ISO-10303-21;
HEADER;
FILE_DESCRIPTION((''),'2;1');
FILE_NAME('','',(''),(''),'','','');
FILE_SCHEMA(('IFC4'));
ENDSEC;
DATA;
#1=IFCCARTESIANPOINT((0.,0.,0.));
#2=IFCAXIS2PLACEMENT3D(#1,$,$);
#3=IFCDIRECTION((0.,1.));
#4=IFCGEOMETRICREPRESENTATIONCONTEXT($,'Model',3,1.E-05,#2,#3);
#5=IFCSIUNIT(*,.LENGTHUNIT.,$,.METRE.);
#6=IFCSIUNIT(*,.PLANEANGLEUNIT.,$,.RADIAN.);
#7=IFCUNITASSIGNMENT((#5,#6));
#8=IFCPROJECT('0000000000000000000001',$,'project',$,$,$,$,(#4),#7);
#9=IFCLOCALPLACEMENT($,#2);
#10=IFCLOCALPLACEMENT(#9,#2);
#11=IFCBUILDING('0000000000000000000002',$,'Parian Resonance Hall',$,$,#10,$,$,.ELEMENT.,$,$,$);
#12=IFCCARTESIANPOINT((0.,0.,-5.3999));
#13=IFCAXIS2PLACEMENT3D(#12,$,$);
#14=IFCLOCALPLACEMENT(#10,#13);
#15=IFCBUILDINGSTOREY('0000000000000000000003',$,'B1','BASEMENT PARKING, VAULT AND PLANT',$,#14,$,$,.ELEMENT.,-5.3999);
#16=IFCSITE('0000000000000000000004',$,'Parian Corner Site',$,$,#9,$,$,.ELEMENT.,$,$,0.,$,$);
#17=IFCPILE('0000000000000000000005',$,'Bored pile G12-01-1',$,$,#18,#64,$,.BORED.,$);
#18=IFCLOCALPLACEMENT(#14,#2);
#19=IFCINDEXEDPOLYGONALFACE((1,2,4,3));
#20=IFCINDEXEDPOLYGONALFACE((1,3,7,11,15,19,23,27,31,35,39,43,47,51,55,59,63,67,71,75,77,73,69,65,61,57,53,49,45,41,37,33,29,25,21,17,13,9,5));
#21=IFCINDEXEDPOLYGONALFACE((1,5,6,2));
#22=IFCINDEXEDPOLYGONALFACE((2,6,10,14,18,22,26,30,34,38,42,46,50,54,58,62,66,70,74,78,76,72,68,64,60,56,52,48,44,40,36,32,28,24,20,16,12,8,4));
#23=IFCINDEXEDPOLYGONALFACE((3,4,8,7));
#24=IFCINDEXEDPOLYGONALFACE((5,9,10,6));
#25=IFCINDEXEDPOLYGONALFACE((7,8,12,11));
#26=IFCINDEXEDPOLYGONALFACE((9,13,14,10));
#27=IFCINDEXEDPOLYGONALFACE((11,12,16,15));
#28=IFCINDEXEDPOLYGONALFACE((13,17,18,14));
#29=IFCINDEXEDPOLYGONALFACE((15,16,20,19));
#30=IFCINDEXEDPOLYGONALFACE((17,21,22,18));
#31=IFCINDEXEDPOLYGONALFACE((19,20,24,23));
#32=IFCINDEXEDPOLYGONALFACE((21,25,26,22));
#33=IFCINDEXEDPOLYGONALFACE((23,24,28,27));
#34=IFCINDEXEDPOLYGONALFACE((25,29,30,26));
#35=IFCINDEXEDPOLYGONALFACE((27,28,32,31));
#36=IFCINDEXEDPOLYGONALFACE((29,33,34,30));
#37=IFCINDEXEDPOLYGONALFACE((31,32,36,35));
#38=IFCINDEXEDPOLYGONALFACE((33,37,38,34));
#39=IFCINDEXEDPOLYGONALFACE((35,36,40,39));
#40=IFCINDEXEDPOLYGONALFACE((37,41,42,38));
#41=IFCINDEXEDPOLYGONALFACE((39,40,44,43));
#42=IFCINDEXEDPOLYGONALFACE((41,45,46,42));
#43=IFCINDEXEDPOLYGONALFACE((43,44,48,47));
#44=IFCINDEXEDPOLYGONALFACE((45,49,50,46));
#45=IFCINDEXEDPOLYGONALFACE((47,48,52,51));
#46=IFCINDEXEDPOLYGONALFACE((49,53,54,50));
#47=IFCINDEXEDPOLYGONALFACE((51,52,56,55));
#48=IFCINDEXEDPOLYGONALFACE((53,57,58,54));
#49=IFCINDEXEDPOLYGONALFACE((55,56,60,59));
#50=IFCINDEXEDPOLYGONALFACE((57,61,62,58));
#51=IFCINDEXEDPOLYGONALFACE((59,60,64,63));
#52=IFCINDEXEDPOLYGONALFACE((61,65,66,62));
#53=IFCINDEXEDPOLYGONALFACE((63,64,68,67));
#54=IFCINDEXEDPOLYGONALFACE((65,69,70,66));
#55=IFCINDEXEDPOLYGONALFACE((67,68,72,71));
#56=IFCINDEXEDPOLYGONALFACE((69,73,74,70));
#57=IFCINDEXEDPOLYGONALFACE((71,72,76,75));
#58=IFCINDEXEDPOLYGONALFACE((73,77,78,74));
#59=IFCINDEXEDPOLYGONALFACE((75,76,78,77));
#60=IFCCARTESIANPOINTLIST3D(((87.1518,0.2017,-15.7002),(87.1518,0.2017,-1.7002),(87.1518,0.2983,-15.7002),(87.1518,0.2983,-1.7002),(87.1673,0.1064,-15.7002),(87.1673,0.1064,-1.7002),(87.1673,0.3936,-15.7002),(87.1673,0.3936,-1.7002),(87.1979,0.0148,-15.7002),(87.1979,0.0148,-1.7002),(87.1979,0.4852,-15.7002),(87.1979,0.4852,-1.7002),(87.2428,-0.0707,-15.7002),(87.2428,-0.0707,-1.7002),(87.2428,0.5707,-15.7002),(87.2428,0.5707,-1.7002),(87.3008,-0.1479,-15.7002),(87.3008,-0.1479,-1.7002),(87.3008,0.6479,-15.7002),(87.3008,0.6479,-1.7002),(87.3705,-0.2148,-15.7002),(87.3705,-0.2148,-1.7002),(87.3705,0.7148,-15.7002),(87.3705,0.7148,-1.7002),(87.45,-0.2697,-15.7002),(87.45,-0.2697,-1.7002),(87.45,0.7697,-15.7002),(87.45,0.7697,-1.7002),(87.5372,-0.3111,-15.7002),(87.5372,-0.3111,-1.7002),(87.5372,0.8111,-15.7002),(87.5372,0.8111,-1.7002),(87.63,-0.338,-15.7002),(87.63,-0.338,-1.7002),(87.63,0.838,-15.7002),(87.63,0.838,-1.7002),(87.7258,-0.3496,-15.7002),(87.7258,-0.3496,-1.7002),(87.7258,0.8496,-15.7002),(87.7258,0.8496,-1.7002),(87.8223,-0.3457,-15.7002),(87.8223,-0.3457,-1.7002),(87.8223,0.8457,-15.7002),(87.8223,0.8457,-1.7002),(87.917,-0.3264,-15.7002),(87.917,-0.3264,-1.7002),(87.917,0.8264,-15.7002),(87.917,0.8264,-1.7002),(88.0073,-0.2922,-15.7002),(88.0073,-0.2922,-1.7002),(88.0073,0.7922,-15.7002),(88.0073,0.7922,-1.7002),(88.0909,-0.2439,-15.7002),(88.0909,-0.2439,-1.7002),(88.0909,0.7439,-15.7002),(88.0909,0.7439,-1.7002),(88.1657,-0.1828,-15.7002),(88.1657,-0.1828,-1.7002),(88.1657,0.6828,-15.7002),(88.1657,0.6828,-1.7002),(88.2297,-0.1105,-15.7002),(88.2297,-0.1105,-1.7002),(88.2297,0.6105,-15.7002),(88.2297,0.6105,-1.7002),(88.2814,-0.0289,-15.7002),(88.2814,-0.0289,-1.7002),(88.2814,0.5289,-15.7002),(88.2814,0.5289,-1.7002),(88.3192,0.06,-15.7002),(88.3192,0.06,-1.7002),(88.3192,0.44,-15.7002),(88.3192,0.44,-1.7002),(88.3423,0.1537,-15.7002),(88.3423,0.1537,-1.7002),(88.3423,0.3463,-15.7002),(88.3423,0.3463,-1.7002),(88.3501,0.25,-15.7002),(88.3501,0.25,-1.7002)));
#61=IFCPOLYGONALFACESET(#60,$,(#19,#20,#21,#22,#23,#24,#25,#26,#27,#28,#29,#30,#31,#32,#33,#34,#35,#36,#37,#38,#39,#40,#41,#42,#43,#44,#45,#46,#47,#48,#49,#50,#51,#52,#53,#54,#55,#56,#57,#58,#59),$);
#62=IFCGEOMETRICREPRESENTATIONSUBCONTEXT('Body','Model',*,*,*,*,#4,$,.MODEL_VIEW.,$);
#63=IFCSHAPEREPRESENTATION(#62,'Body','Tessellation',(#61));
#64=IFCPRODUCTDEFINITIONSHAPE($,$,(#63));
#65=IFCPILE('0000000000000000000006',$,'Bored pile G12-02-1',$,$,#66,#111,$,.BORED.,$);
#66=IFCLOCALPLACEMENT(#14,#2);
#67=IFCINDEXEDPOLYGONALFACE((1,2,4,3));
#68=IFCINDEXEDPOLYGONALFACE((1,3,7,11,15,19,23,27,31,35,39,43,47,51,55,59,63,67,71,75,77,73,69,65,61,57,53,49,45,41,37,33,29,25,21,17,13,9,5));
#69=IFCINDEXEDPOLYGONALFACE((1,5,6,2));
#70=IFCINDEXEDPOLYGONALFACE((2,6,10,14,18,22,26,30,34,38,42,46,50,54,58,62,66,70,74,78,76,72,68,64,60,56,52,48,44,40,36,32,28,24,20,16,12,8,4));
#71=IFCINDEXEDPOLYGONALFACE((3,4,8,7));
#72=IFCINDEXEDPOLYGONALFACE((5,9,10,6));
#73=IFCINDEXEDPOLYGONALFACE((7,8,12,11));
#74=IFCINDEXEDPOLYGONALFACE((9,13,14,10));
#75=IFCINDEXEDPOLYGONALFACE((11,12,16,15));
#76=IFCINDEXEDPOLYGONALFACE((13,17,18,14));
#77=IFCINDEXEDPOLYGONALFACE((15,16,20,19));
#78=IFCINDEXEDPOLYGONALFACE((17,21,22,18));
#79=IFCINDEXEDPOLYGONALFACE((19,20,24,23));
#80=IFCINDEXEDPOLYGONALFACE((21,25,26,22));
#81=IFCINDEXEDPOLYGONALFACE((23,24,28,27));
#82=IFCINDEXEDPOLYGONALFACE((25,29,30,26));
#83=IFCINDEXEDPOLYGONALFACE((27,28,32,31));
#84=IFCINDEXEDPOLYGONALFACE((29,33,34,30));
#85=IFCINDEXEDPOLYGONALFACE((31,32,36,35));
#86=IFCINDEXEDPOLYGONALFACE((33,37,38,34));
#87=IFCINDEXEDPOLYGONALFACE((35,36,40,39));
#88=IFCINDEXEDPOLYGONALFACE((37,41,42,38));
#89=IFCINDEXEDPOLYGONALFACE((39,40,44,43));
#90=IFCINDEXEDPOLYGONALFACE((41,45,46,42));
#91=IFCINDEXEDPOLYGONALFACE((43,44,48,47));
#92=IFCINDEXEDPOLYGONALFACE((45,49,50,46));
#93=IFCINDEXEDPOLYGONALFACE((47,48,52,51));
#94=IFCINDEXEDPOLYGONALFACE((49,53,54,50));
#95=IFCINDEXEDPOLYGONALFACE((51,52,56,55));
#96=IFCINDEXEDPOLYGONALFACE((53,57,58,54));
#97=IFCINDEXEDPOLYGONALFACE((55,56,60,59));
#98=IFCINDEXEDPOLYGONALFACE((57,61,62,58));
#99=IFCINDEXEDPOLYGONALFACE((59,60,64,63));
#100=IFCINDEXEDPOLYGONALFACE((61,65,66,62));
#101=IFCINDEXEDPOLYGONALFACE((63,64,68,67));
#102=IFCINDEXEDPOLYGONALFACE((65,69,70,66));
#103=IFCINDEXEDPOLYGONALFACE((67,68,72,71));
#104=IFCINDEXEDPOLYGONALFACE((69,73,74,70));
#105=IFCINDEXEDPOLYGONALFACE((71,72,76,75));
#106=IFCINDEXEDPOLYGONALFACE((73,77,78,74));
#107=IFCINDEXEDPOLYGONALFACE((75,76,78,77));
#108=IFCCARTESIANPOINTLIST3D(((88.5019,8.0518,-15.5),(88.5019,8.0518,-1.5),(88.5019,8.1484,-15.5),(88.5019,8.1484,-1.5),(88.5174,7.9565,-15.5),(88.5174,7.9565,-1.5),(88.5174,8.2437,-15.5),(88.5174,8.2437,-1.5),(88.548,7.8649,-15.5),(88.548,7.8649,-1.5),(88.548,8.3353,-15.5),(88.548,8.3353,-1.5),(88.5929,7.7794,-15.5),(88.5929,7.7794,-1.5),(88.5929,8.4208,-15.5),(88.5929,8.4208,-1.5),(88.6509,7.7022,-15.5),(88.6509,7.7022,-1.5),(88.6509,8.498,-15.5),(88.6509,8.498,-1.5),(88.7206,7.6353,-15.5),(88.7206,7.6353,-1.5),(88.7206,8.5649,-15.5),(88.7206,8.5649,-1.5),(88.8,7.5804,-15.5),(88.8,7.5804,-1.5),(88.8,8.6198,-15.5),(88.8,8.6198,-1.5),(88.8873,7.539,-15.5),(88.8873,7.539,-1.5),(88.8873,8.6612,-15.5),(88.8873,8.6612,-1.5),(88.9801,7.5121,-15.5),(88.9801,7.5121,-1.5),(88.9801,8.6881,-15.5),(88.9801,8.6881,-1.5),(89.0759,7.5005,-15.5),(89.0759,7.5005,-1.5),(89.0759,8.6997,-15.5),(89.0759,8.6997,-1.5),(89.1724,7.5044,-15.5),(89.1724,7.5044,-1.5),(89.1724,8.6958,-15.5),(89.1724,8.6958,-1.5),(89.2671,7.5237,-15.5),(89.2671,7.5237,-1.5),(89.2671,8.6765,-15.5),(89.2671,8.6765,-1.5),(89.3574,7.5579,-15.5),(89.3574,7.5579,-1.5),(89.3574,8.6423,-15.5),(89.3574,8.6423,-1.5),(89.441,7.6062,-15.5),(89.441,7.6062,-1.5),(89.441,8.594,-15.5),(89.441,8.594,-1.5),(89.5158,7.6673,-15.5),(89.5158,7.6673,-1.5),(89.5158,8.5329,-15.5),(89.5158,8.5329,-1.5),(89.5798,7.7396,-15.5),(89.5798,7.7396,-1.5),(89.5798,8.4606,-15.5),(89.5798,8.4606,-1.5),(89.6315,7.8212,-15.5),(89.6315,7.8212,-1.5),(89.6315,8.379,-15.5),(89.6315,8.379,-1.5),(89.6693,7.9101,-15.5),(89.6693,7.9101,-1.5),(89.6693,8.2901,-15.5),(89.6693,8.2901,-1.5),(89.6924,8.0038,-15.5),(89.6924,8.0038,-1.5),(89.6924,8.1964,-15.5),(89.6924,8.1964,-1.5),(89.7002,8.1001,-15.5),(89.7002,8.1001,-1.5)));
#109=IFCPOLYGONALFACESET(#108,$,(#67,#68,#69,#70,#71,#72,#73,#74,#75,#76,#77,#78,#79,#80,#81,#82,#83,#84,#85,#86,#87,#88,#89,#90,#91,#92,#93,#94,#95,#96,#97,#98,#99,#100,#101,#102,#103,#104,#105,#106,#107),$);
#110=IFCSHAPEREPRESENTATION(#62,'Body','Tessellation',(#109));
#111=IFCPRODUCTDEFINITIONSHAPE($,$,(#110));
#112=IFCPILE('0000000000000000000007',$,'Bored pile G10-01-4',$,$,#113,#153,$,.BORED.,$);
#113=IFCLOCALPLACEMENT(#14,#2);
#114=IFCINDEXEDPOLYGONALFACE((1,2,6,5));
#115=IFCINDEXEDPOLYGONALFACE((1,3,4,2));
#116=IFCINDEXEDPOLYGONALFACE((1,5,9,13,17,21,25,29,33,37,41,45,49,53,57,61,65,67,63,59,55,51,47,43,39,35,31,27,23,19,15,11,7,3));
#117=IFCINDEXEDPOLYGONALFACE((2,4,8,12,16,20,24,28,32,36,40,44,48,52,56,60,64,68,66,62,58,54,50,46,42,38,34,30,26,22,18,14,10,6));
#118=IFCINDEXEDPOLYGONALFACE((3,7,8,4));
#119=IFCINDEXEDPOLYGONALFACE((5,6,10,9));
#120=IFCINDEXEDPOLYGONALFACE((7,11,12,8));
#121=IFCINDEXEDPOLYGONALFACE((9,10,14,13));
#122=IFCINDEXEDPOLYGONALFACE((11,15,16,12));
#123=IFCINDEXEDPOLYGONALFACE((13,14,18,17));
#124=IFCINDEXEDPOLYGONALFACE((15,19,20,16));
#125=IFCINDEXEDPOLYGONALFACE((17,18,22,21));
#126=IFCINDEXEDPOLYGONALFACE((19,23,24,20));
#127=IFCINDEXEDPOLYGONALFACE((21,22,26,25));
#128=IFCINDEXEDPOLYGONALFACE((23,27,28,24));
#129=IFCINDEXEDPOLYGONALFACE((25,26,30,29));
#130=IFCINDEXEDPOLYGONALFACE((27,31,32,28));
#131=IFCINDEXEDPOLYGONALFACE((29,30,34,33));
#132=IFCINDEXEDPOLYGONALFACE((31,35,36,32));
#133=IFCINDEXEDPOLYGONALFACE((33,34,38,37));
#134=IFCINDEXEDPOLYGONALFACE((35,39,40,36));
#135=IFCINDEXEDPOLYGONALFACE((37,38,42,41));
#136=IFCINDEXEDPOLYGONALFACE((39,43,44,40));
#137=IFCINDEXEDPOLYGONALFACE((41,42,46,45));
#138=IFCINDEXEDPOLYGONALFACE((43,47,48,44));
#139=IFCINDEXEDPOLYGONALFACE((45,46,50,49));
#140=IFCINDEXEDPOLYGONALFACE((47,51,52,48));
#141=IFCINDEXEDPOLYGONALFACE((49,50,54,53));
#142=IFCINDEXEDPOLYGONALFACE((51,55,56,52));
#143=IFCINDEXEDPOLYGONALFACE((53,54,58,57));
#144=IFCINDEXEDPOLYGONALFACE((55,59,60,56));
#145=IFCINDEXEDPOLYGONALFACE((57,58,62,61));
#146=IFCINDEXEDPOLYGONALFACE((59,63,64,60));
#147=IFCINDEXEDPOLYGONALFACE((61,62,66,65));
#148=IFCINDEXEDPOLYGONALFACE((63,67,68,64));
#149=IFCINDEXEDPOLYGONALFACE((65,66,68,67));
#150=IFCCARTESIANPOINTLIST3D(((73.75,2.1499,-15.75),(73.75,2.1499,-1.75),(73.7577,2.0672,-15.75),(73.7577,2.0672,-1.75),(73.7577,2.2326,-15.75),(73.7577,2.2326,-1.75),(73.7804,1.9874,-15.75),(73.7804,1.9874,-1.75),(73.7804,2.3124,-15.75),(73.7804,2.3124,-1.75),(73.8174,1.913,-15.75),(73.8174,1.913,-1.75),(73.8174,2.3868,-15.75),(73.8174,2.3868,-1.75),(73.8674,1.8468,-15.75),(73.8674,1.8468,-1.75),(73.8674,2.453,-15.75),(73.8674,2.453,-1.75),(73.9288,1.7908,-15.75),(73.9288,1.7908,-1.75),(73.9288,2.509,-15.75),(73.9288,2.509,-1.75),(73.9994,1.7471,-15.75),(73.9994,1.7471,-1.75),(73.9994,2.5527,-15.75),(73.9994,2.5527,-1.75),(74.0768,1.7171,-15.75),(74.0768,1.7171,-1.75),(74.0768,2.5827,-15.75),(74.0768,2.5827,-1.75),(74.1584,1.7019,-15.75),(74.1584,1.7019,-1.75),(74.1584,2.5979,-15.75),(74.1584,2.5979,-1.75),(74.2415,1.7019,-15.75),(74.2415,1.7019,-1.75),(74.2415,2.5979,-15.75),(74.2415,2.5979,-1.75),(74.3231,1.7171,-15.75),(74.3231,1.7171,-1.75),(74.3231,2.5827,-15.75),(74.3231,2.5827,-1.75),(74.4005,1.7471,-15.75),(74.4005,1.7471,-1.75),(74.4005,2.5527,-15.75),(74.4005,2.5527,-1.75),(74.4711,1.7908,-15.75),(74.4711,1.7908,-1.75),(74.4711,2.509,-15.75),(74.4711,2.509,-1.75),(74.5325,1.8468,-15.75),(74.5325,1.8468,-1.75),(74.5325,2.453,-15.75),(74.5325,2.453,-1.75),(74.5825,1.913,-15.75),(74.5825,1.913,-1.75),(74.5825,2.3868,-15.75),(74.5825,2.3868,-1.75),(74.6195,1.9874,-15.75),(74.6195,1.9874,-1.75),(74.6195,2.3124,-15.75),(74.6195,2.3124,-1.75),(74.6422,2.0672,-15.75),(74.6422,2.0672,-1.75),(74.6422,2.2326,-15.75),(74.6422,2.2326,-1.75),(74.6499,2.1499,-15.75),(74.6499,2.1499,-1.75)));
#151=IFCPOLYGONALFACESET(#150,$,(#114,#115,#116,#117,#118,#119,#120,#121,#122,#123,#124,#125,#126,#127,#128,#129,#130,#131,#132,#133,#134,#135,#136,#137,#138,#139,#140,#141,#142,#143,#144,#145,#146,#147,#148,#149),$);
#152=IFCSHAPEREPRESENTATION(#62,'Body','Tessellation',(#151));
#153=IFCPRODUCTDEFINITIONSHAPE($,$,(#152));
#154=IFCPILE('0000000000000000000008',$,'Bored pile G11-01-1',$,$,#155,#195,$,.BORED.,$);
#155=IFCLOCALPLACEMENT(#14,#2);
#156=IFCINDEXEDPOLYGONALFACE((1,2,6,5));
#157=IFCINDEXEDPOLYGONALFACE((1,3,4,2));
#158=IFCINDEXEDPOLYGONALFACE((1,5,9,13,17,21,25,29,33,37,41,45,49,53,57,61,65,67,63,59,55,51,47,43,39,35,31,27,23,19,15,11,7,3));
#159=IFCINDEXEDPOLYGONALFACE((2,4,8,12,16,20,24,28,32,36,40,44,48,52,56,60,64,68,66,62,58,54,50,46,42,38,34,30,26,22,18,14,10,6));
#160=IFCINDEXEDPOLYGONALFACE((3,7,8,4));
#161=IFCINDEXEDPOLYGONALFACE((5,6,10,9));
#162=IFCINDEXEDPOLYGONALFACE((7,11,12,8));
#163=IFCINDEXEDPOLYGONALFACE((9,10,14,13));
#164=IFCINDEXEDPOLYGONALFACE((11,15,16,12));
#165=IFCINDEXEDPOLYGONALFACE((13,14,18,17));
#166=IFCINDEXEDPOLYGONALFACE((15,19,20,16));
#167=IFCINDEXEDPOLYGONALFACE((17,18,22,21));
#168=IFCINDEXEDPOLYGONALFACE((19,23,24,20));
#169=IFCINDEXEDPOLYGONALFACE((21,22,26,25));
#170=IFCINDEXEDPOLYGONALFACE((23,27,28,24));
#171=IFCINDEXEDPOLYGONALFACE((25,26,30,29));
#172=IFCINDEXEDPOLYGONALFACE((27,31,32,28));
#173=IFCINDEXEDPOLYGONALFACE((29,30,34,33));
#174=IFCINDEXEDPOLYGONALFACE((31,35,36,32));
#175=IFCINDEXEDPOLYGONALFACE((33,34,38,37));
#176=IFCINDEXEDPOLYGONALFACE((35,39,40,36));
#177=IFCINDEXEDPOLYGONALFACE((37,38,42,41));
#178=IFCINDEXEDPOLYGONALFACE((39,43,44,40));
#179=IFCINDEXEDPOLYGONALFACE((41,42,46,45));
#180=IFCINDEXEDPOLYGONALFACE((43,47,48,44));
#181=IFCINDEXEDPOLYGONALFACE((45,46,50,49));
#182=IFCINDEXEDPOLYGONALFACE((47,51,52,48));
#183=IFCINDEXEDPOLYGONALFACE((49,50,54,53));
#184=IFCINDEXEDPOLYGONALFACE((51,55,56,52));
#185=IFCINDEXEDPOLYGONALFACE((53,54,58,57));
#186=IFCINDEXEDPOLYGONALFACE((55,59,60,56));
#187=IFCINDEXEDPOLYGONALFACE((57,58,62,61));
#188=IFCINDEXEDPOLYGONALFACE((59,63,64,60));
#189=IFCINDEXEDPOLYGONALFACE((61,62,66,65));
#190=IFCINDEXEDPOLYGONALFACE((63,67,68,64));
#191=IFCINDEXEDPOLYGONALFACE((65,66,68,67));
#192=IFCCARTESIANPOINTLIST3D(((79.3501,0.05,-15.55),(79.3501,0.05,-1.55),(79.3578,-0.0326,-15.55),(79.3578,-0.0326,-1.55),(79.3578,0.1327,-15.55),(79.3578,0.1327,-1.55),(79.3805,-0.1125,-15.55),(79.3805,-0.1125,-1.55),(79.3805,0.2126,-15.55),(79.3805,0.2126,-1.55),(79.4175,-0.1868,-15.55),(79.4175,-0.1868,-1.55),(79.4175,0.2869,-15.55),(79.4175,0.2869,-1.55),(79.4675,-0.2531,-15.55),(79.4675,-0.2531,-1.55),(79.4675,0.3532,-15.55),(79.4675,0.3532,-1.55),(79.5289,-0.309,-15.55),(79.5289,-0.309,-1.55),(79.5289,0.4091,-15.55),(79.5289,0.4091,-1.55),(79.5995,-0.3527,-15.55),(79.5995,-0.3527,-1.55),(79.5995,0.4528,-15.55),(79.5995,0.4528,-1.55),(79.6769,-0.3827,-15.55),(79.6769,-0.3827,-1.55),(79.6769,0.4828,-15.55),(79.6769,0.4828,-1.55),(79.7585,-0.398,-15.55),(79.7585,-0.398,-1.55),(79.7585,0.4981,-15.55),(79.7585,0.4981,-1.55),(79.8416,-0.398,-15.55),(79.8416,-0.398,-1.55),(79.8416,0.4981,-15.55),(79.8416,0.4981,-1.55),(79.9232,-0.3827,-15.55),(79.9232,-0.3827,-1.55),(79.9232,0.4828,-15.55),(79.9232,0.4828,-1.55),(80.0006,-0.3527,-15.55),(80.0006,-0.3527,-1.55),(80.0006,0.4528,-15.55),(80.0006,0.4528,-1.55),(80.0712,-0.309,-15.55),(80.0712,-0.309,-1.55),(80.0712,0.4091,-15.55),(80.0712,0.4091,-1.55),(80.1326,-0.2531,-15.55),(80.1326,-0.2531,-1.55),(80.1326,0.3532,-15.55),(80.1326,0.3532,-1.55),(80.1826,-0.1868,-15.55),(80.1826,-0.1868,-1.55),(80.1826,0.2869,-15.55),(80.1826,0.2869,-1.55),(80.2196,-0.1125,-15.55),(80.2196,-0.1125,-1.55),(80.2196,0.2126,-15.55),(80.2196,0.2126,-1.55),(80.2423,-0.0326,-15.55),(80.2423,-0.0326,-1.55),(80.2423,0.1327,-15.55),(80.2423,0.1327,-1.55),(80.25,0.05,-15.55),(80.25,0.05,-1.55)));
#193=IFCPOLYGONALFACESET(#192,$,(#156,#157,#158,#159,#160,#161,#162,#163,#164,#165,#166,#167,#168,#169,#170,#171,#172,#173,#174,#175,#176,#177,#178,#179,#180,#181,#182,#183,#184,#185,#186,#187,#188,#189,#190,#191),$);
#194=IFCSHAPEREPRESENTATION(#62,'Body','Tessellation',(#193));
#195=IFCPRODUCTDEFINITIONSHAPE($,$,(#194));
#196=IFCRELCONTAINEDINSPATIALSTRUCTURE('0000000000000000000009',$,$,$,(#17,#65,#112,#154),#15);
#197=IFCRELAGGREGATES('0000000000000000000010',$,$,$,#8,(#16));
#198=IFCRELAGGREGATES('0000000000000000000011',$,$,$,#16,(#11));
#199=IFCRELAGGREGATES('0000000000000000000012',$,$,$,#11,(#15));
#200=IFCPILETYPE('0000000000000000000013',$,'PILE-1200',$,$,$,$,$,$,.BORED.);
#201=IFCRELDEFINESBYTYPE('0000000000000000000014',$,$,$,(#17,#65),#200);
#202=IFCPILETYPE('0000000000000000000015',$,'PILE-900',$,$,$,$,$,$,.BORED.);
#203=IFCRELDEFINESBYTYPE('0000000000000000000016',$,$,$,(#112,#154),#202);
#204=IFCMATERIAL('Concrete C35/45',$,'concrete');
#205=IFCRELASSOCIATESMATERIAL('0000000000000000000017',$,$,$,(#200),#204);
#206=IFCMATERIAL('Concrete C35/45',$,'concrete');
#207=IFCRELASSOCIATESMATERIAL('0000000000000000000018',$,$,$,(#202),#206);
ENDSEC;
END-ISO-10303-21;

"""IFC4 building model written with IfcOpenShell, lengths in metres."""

from ifc_helpers import new_model, si_unit, direction, frame, origin, origin_2d, place, context, subcontext, project, spatial, circle, extrude, material, material_profile, profile_set, type_object, element, save


model = new_model("IFC4")

# Units and contexts
model_context = context("Model", 3, precision=1e-05, world=origin(), true_north=direction((0.0, 1.0)))
body_context = subcontext(model_context, "Body", "Model", "MODEL_VIEW")
ifc_project = project(units=[si_unit("LENGTHUNIT", "METRE"), si_unit("PLANEANGLEUNIT", "RADIAN")], contexts=[model_context])

# Site, building, storey
site_placement = place(None, origin())
site = spatial("IfcSite", under=ifc_project, at=site_placement, Name="Parian Corner Site", CompositionType="ELEMENT", RefElevation=0.0)
building_placement = place(site_placement, origin())
building = spatial("IfcBuilding", under=site, at=building_placement, Name="Parian Resonance Hall", CompositionType="ELEMENT")
storey_placement = place(building_placement, frame((0.0, 0.0, -5.3999)))
storey = spatial("IfcBuildingStorey", under=building, at=storey_placement, Name="B1", Description="BASEMENT PARKING, VAULT AND PLANT", CompositionType="ELEMENT", Elevation=-5.3999)

# Piles
ifc_material_1 = material(Name="Concrete C35/45", Category="concrete")
ifc_material_profile_1 = material_profile(ifc_material_1, circle(Radius=0.6001, at=origin_2d()), Name="PILE-D1200")
ifc_profile_set_1 = profile_set([ifc_material_profile_1], Name="Concrete C35/45")
pile_type_1 = type_object("IfcPileType", Name="PILE-1200", PredefinedType="BORED", material=ifc_profile_set_1)
for number, where, z_axis, x_axis, name in (
    (1, (87.75, 0.25, -1.7002), (0.0, 0.0, -1.0), (1.0, 0.0, 0.0), "Bored pile G12-01-1"),
    (2, (89.1001, 8.1001, -1.5), (0.0, 0.0, -1.0), (1.0, 0.0, 0.0), "Bored pile G12-02-1"),
):
    element("IfcPile", number, at=place(storey_placement, frame(where, z_axis=z_axis, x_axis=x_axis)), inside=storey, type_object=pile_type_1, Name=name, PredefinedType="BORED", context=body_context, shape_type="SweptSolid", body=[
        extrude(circle(Radius=0.6001, at=origin_2d()), origin(), (0.0, 0.0, 1.0), 14.0),
    ])
ifc_material_2 = material(Name="Concrete C35/45", Category="concrete")
ifc_material_profile_2 = material_profile(ifc_material_2, circle(Radius=0.45, at=origin_2d()), Name="PILE-D900")
ifc_profile_set_2 = profile_set([ifc_material_profile_2], Name="Concrete C35/45")
pile_type_2 = type_object("IfcPileType", Name="PILE-900", PredefinedType="BORED", material=ifc_profile_set_2)
for number, where, z_axis, x_axis, name in (
    (3, (74.2, 2.1499, -1.75), (0.0, 0.0, -1.0), (1.0, 0.0, 0.0), "Bored pile G10-01-4"),
    (4, (79.8, 0.05, -1.55), (0.0, 0.0, -1.0), (1.0, 0.0, 0.0), "Bored pile G11-01-1"),
):
    element("IfcPile", number, at=place(storey_placement, frame(where, z_axis=z_axis, x_axis=x_axis)), inside=storey, type_object=pile_type_2, Name=name, PredefinedType="BORED", context=body_context, shape_type="SweptSolid", body=[
        extrude(circle(Radius=0.45, at=origin_2d()), origin(), (0.0, 0.0, 1.0), 14.0),
    ])

save(model, "model.ifc")
